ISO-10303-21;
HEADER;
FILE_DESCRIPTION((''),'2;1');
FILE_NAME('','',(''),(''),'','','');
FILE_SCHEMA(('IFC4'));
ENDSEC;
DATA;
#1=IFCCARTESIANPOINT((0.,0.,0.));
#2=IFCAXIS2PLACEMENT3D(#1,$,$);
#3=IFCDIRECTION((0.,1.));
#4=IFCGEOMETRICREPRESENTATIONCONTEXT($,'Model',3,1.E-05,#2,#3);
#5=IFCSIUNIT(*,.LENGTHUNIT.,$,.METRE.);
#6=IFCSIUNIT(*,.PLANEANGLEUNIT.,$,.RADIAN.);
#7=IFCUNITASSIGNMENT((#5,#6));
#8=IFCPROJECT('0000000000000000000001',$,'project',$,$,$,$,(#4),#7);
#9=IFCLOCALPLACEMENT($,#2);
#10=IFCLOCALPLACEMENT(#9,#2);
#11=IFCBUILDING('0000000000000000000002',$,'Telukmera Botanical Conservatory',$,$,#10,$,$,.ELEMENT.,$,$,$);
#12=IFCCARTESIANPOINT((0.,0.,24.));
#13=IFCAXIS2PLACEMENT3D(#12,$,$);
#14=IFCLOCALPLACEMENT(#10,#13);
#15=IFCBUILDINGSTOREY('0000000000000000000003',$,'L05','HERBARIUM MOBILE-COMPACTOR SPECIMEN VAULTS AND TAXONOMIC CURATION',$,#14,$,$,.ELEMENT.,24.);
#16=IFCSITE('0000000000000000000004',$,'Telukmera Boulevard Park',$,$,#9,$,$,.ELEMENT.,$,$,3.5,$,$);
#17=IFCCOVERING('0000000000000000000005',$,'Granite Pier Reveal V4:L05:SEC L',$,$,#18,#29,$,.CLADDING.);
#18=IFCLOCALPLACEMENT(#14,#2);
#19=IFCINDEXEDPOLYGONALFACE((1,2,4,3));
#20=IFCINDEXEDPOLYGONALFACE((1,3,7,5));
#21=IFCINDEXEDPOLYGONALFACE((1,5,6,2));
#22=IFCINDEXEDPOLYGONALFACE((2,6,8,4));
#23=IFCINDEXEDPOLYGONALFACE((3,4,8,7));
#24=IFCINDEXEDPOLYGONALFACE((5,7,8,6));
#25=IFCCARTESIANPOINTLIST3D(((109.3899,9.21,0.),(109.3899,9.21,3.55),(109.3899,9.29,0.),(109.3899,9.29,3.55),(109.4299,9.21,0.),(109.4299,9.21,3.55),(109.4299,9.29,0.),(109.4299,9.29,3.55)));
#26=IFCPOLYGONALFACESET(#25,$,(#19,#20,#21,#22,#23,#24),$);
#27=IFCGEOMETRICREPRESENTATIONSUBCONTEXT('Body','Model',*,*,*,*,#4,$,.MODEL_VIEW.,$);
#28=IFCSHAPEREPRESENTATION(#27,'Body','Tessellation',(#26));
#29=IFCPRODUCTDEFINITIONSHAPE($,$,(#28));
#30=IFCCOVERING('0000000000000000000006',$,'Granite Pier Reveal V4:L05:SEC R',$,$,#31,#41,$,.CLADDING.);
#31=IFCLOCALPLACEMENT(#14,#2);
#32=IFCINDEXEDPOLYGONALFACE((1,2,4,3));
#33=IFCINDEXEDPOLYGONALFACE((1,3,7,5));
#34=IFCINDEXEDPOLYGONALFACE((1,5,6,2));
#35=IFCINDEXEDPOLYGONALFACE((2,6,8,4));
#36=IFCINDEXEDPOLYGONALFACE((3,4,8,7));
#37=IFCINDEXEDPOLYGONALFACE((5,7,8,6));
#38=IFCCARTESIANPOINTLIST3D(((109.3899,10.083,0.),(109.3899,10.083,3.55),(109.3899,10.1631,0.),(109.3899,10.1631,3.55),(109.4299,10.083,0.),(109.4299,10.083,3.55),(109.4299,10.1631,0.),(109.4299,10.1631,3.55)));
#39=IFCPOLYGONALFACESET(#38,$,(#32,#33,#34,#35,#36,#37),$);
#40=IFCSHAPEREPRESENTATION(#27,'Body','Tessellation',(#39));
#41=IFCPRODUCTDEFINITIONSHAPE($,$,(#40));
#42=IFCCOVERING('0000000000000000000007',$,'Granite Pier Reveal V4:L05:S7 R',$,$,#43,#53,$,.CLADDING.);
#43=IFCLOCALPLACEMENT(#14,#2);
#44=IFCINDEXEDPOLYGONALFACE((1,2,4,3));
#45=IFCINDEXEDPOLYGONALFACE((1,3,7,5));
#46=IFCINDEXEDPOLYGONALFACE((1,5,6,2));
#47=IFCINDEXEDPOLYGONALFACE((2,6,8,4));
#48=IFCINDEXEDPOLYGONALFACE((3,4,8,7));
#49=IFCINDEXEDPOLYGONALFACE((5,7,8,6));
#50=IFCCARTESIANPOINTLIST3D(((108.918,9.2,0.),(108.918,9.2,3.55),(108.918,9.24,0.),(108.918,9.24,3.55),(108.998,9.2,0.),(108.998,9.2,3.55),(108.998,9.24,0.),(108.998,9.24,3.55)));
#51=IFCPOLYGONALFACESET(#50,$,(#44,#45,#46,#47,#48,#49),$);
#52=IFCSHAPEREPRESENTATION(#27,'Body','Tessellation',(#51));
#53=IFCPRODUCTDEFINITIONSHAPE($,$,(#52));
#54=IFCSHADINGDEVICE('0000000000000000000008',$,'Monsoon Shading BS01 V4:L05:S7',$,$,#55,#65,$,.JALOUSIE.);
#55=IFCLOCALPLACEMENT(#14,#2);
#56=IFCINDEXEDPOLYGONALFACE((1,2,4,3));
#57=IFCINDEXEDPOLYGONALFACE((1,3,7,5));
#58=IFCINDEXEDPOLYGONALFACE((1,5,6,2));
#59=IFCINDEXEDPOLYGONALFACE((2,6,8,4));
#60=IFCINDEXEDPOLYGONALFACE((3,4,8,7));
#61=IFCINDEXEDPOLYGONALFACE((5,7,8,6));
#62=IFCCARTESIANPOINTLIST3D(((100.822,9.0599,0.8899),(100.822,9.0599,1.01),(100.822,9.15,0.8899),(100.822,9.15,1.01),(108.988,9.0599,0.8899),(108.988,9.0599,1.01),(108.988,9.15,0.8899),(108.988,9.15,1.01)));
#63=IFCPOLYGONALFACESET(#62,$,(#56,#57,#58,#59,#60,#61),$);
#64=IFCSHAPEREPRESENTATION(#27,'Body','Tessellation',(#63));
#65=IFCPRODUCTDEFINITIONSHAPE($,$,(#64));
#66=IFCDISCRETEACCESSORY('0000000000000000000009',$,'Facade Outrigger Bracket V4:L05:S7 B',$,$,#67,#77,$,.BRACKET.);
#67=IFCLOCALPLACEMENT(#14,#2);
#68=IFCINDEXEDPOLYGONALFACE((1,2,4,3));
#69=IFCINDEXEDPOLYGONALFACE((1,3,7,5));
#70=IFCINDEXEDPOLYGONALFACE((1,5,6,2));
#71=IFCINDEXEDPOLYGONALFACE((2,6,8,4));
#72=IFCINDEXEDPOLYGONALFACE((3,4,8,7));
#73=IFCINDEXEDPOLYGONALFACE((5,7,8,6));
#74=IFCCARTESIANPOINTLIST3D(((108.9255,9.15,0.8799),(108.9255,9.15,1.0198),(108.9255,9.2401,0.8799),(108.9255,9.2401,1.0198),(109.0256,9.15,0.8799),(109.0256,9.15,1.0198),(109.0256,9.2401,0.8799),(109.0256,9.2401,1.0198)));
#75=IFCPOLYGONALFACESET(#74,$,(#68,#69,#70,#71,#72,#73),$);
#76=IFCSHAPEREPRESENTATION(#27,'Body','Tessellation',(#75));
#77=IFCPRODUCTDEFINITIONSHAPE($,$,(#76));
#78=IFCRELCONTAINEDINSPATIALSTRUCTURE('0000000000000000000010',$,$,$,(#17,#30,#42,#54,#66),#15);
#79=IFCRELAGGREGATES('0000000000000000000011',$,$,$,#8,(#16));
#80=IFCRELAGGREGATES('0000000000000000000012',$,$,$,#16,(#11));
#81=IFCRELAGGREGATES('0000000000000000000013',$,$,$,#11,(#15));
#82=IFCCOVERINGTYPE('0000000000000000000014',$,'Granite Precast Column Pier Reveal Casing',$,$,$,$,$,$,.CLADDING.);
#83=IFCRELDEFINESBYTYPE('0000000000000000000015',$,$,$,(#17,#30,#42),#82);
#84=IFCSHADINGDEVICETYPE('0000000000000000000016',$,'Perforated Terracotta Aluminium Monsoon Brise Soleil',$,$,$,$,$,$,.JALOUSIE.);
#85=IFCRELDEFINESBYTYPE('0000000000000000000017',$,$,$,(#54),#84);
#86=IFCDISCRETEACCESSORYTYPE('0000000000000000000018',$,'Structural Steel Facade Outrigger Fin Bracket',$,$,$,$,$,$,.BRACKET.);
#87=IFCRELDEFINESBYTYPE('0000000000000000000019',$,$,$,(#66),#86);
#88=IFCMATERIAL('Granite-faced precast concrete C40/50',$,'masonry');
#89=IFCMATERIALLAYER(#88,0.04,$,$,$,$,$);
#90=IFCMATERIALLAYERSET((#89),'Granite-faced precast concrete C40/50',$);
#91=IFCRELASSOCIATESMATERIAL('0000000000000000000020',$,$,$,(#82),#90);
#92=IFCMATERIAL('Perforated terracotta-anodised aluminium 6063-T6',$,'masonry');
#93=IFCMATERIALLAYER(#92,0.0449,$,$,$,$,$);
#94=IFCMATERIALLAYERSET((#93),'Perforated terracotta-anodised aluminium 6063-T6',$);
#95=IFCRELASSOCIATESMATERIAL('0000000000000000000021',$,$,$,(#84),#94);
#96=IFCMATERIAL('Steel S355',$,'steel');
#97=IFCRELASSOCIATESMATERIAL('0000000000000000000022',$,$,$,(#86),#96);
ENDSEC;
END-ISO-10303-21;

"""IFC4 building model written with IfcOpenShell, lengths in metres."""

from ifc_helpers import new_model, si_unit, direction, frame, origin, origin_2d, place, context, subcontext, project, spatial, rectangle, extrude, material, layer, layer_set, type_object, element, save


model = new_model("IFC4")

# Units and contexts
model_context = context("Model", 3, precision=1e-05, world=origin(), true_north=direction((0.0, 1.0)))
body_context = subcontext(model_context, "Body", "Model", "MODEL_VIEW")
ifc_project = project(units=[si_unit("LENGTHUNIT", "METRE"), si_unit("PLANEANGLEUNIT", "RADIAN")], contexts=[model_context])

# Site, building, storey
site_placement = place(None, origin())
site = spatial("IfcSite", under=ifc_project, at=site_placement, Name="Telukmera Boulevard Park", CompositionType="ELEMENT", RefElevation=3.5)
building_placement = place(site_placement, origin())
building = spatial("IfcBuilding", under=site, at=building_placement, Name="Telukmera Botanical Conservatory", CompositionType="ELEMENT")
storey_placement = place(building_placement, frame((0.0, 0.0, 24.0)))
storey = spatial("IfcBuildingStorey", under=building, at=storey_placement, Name="L05", Description="HERBARIUM MOBILE-COMPACTOR SPECIMEN VAULTS AND TAXONOMIC CURATION", CompositionType="ELEMENT", Elevation=24.0)

# Coverings
ifc_material_1 = material(Name="Granite-faced precast concrete C40/50", Category="masonry")
ifc_layer_1 = layer(ifc_material_1, 0.04)
ifc_layer_set_1 = layer_set([ifc_layer_1], Name="Granite-faced precast concrete C40/50")
covering_type = type_object("IfcCoveringType", Name="Granite Precast Column Pier Reveal Casing", PredefinedType="CLADDING", material=ifc_layer_set_1)
for number, where, z_axis, x_axis, name in (
    (1, (109.4099, 9.25, 0.0), (0.0, 0.0, 1.0), (0.0, 1.0, 0.0), "Granite Pier Reveal V4:L05:SEC L"),
    (2, (109.4099, 10.123, 0.0), (0.0, 0.0, 1.0), (0.0, 1.0, 0.0), "Granite Pier Reveal V4:L05:SEC R"),
    (3, (108.958, 9.22, 0.0), (0.0, 0.0, 1.0), (1.0, 0.0, 0.0), "Granite Pier Reveal V4:L05:S7 R"),
):
    element("IfcCovering", number, at=place(storey_placement, frame(where, z_axis=z_axis, x_axis=x_axis)), inside=storey, type_object=covering_type, Name=name, PredefinedType="CLADDING", context=body_context, shape_type="SweptSolid", body=[
        extrude(rectangle(XDim=0.0801, YDim=0.04, at=origin_2d()), origin(), (0.0, 0.0, 1.0), 3.55),
    ])

# Shading device
ifc_material_2 = material(Name="Perforated terracotta-anodised aluminium 6063-T6", Category="masonry")
ifc_layer_2 = layer(ifc_material_2, 0.0449)
ifc_layer_set_2 = layer_set([ifc_layer_2], Name="Perforated terracotta-anodised aluminium 6063-T6")
shading_device_type = type_object("IfcShadingDeviceType", Name="Perforated Terracotta Aluminium Monsoon Brise Soleil", PredefinedType="JALOUSIE", material=ifc_layer_set_2)
shading_device_placement = place(storey_placement, frame((104.905, 9.105, 0.8899), z_axis=(0.0, 0.0, 1.0), x_axis=(1.0, 0.0, 0.0)))
element("IfcShadingDevice", 4, at=shading_device_placement, inside=storey, type_object=shading_device_type, Name="Monsoon Shading BS01 V4:L05:S7", PredefinedType="JALOUSIE", context=body_context, shape_type="SweptSolid", body=[
    extrude(rectangle(XDim=8.166, YDim=0.0901, at=origin_2d()), origin(), (0.0, 0.0, 1.0), 0.1201),
])

# Discrete accessory
ifc_material_3 = material(Name="Steel S355", Category="steel")
discrete_accessory_type = type_object("IfcDiscreteAccessoryType", Name="Structural Steel Facade Outrigger Fin Bracket", PredefinedType="BRACKET", material=ifc_material_3)
discrete_accessory_placement = place(storey_placement, frame((108.9756, 9.1951, 0.8799), z_axis=(0.0, 0.0, 1.0), x_axis=(1.0, 0.0, 0.0)))
element("IfcDiscreteAccessory", 5, at=discrete_accessory_placement, inside=storey, type_object=discrete_accessory_type, Name="Facade Outrigger Bracket V4:L05:S7 B", PredefinedType="BRACKET", context=body_context, shape_type="SweptSolid", body=[
    extrude(rectangle(XDim=0.1001, YDim=0.0901, at=origin_2d()), origin(), (0.0, 0.0, 1.0), 0.1399),
])

save(model, "model.ifc")
